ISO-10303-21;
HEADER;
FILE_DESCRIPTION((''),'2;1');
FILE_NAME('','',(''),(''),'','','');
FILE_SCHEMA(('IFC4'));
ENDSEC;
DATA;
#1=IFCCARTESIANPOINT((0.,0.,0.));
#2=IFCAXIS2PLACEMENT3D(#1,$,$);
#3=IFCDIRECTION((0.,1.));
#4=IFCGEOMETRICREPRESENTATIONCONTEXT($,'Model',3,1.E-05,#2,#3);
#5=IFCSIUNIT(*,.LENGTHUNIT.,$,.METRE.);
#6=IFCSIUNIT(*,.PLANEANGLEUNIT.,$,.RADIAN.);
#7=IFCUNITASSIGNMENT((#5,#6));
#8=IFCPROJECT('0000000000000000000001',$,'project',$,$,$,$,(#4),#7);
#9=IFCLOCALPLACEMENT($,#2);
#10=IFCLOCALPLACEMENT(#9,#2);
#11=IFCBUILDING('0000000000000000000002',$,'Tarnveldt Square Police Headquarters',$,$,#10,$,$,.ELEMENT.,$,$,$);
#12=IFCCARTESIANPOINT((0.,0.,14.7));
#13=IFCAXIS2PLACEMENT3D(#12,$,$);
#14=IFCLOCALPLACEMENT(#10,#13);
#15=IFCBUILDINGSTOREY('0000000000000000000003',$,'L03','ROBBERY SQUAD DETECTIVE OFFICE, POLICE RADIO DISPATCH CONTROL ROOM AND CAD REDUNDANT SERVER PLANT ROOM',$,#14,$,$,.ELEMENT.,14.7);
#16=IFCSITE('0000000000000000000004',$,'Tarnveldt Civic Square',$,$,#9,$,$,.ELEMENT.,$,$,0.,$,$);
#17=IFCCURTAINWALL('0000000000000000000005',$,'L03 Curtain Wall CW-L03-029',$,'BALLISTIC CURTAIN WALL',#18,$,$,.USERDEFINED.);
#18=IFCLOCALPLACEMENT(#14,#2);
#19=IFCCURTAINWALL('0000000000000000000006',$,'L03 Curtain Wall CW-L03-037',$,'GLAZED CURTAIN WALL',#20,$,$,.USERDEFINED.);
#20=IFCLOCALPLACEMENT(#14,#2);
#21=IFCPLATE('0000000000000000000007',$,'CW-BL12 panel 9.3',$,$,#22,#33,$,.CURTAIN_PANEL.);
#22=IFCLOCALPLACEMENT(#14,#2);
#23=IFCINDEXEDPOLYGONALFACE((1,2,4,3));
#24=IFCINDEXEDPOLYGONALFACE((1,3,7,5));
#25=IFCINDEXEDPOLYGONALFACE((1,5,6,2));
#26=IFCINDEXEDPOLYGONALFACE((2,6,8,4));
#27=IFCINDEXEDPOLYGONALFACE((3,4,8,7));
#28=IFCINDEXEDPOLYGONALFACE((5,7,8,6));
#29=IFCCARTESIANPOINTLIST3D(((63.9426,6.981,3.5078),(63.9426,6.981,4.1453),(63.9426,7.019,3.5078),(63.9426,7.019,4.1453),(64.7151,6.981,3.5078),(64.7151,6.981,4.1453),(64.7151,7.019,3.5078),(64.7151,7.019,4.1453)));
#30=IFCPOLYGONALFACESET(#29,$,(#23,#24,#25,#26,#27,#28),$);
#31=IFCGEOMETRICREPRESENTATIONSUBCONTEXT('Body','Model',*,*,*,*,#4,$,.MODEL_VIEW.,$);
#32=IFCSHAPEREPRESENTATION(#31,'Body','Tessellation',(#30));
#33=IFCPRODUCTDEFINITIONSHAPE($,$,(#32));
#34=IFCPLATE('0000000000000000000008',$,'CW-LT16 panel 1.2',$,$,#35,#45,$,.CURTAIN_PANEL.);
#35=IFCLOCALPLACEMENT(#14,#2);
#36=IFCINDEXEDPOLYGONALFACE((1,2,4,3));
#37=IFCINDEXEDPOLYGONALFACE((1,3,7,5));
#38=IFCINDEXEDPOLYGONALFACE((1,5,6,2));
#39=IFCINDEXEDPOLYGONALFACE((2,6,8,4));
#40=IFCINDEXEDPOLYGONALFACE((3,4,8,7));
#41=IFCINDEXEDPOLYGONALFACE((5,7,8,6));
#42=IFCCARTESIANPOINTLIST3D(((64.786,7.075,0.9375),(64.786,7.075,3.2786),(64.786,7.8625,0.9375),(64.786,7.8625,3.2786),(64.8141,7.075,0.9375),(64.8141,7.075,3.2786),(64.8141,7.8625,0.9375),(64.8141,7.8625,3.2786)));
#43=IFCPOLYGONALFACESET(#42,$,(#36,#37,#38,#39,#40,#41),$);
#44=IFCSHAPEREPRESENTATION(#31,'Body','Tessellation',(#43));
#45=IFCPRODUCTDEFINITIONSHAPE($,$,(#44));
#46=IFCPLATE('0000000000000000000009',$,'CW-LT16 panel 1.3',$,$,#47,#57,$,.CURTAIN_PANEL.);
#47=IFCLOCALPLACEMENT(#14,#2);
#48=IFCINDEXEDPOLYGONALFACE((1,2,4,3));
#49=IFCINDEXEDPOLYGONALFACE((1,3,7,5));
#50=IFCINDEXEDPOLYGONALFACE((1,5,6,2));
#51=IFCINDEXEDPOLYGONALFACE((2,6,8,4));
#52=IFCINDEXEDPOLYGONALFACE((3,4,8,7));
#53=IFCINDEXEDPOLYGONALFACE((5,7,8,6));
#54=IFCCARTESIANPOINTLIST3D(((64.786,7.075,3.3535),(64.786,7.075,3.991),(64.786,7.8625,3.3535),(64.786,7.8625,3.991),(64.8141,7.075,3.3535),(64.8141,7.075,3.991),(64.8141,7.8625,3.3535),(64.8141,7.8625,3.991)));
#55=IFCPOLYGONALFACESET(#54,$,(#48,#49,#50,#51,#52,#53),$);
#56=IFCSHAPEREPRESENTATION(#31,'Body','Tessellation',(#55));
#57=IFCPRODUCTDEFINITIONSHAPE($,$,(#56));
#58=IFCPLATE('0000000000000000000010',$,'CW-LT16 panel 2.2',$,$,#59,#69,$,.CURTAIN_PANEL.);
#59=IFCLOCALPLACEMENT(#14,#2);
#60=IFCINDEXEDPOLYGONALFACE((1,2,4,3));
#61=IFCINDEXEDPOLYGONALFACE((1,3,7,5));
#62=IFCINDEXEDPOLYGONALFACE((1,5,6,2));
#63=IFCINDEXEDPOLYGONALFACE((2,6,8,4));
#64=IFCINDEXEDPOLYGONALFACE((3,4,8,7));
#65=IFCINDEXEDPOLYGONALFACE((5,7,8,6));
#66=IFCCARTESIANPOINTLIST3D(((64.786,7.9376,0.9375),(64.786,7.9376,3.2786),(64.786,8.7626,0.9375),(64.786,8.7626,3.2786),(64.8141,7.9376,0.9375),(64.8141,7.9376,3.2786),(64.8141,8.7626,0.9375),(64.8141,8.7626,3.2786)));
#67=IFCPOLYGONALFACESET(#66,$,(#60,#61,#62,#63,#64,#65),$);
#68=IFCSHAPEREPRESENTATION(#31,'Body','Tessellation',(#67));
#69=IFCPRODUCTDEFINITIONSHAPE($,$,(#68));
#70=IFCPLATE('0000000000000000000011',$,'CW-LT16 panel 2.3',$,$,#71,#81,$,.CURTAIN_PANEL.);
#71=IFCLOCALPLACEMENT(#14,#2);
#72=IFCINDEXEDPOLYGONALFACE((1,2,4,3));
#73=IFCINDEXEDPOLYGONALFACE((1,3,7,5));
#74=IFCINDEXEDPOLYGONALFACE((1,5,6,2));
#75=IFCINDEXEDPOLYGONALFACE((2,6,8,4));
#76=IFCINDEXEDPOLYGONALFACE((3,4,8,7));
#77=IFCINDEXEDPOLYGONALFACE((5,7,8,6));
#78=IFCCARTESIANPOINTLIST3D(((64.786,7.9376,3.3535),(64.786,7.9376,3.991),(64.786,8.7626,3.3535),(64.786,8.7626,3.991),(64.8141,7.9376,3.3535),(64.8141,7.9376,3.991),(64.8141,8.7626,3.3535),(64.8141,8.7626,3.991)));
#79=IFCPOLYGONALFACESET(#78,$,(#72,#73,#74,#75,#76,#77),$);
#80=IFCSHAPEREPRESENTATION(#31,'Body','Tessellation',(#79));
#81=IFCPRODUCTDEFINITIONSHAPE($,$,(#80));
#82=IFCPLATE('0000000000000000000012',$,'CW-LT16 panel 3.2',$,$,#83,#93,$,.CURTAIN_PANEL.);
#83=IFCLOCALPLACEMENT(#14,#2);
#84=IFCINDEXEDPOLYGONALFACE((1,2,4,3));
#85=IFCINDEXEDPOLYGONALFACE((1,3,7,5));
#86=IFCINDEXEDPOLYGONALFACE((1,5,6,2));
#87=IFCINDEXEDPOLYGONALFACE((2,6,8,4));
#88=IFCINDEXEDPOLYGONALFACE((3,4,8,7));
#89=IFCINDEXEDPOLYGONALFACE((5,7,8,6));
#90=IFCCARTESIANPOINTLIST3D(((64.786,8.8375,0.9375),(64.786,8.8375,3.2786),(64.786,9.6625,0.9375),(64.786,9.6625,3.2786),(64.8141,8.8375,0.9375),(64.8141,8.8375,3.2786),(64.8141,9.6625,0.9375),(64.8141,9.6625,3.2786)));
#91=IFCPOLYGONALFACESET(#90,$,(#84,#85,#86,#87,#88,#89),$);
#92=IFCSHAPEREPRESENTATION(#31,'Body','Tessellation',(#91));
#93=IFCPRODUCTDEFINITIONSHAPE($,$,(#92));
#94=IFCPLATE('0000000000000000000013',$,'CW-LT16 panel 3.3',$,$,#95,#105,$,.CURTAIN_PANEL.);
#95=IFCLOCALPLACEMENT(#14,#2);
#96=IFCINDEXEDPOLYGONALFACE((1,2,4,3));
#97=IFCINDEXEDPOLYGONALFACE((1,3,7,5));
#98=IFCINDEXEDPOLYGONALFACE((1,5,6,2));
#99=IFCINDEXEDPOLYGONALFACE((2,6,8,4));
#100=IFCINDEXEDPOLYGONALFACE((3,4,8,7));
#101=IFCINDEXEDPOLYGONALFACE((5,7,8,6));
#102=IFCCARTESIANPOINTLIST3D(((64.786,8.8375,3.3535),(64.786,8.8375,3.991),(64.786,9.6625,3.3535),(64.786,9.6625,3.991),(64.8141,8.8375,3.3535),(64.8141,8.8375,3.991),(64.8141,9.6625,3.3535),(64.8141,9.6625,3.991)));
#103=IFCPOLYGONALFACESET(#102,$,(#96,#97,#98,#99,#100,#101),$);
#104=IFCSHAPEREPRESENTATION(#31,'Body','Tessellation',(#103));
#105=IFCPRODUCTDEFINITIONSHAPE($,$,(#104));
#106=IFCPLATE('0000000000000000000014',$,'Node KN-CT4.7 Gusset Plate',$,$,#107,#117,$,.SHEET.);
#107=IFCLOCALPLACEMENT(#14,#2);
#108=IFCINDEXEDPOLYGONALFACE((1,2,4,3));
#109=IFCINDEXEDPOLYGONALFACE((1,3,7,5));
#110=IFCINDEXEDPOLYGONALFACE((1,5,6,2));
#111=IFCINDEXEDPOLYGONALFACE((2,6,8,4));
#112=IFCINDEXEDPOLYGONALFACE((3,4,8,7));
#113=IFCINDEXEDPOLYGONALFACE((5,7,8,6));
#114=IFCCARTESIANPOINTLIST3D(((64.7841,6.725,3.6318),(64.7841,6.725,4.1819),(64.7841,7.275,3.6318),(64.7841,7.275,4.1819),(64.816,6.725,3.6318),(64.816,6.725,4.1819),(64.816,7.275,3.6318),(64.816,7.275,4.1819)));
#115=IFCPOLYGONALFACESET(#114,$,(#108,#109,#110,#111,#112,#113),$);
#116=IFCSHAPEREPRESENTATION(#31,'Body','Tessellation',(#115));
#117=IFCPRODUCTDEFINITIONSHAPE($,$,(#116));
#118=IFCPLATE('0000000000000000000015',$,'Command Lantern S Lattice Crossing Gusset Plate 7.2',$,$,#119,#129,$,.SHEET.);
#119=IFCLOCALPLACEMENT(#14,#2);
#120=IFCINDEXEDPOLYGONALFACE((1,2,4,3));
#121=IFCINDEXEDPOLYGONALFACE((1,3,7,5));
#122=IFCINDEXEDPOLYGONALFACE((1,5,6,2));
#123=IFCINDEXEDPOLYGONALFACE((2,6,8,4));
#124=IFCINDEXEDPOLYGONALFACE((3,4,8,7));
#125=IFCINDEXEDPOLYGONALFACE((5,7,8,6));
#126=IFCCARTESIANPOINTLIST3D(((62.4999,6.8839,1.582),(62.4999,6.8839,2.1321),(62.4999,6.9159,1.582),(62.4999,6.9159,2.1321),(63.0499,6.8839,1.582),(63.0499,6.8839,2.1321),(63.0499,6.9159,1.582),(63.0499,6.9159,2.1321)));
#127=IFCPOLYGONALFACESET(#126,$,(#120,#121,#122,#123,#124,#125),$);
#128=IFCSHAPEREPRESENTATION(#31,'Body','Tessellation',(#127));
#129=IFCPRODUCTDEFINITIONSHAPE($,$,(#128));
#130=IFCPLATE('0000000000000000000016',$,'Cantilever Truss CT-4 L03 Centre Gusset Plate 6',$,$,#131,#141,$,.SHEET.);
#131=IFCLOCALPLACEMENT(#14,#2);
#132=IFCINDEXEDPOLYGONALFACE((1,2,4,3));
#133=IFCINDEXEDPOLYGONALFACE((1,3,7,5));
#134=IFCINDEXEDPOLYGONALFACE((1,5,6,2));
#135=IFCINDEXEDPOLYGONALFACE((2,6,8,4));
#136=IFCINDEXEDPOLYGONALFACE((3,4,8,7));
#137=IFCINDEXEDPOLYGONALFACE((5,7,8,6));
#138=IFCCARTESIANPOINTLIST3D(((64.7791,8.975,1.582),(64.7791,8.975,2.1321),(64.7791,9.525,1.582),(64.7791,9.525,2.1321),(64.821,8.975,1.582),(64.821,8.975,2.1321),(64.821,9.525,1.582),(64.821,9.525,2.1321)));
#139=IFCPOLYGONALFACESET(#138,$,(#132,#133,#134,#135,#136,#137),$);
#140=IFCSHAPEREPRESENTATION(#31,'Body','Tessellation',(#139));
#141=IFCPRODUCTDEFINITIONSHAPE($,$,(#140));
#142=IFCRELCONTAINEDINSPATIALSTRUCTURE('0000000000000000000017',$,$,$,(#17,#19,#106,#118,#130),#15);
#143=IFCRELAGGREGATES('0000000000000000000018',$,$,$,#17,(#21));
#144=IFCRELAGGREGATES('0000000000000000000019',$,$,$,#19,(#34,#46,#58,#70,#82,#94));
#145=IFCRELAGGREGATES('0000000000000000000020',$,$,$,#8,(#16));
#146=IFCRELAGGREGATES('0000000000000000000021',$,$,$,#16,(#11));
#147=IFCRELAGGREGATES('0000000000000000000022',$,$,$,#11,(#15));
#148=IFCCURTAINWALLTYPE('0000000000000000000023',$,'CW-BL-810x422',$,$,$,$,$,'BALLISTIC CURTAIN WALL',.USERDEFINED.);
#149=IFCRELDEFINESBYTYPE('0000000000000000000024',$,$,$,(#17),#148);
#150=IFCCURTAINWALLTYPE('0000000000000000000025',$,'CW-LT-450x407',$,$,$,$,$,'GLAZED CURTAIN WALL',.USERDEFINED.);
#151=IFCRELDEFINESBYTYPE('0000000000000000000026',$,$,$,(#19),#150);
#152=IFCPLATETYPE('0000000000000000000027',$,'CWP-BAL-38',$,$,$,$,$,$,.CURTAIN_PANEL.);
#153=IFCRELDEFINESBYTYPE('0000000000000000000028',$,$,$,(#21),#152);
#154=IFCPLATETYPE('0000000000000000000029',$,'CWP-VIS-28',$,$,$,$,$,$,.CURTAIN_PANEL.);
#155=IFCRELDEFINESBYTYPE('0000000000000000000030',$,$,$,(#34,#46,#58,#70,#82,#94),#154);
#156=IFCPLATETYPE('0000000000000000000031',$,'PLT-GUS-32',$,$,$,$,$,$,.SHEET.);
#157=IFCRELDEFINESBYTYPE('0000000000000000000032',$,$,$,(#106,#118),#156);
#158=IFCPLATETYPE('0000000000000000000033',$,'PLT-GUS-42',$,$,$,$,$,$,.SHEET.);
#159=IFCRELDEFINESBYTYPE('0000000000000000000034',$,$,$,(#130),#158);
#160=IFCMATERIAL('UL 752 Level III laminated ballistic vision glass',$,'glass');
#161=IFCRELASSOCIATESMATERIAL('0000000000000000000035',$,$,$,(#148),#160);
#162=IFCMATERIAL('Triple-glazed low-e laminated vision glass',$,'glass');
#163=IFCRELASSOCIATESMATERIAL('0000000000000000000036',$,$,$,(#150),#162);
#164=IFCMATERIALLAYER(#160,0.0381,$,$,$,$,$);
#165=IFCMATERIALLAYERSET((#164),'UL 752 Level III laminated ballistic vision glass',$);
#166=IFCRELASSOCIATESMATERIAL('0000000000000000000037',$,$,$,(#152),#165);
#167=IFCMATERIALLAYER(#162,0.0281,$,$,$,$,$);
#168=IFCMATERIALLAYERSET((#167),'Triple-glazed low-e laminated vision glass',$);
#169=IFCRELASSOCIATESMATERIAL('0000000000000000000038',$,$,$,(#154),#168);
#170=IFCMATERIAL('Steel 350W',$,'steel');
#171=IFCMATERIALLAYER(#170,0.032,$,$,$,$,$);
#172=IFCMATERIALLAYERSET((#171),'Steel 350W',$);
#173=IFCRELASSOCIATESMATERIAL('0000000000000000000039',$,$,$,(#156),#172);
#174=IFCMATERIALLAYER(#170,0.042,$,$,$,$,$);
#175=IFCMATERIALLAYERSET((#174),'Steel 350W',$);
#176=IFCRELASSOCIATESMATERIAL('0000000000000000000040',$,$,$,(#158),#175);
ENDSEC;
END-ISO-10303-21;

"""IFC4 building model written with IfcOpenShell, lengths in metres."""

from ifc_helpers import new_model, si_unit, direction, frame, origin, origin_2d, place, context, subcontext, project, spatial, rectangle, extrude, material, layer, layer_set, type_object, element, aggregate, save


model = new_model("IFC4")

# Units and contexts
model_context = context("Model", 3, precision=1e-05, world=origin(), true_north=direction((0.0, 1.0)))
body_context = subcontext(model_context, "Body", "Model", "MODEL_VIEW")
ifc_project = project(units=[si_unit("LENGTHUNIT", "METRE"), si_unit("PLANEANGLEUNIT", "RADIAN")], contexts=[model_context])

# Site, building, storey
site_placement = place(None, origin())
site = spatial("IfcSite", under=ifc_project, at=site_placement, Name="Tarnveldt Civic Square", CompositionType="ELEMENT", RefElevation=0.0)
building_placement = place(site_placement, origin())
building = spatial("IfcBuilding", under=site, at=building_placement, Name="Tarnveldt Square Police Headquarters", CompositionType="ELEMENT")
storey_placement = place(building_placement, frame((0.0, 0.0, 14.7)))
storey = spatial("IfcBuildingStorey", under=building, at=storey_placement, Name="L03", Description="ROBBERY SQUAD DETECTIVE OFFICE, POLICE RADIO DISPATCH CONTROL ROOM AND CAD REDUNDANT SERVER PLANT ROOM", CompositionType="ELEMENT", Elevation=14.7)

# Curtain walls
ifc_material_1 = material(Name="UL 752 Level III laminated ballistic vision glass", Category="glass")
curtain_wall_type_1 = type_object("IfcCurtainWallType", Name="CW-BL-810x422", ElementType="BALLISTIC CURTAIN WALL", PredefinedType="USERDEFINED", material=ifc_material_1)
curtain_wall_1_placement = place(storey_placement, origin())
curtain_wall_1 = element("IfcCurtainWall", 1, at=curtain_wall_1_placement, inside=storey, type_object=curtain_wall_type_1, Name="L03 Curtain Wall CW-L03-029", ObjectType="BALLISTIC CURTAIN WALL", PredefinedType="USERDEFINED")
ifc_material_2 = material(Name="Triple-glazed low-e laminated vision glass", Category="glass")
curtain_wall_type_2 = type_object("IfcCurtainWallType", Name="CW-LT-450x407", ElementType="GLAZED CURTAIN WALL", PredefinedType="USERDEFINED", material=ifc_material_2)
curtain_wall_2_placement = place(storey_placement, origin())
curtain_wall_2 = element("IfcCurtainWall", 2, at=curtain_wall_2_placement, inside=storey, type_object=curtain_wall_type_2, Name="L03 Curtain Wall CW-L03-037", ObjectType="GLAZED CURTAIN WALL", PredefinedType="USERDEFINED")

# Shared definitions
ifc_material_3 = material(Name="Steel 350W", Category="steel")

# Plates
ifc_layer_1 = layer(ifc_material_1, 0.0381)
ifc_layer_set_1 = layer_set([ifc_layer_1], Name="UL 752 Level III laminated ballistic vision glass")
plate_type_1 = type_object("IfcPlateType", Name="CWP-BAL-38", PredefinedType="CURTAIN_PANEL", material=ifc_layer_set_1)
plate_1_placement = place(storey_placement, frame((64.3289, 7.0, 3.5078), z_axis=(0.0, 0.0, 1.0), x_axis=(1.0, 0.0, 0.0)))
plate_1 = element("IfcPlate", 3, at=plate_1_placement, type_object=plate_type_1, Name="CW-BL12 panel 9.3", PredefinedType="CURTAIN_PANEL", context=body_context, shape_type="SweptSolid", body=[
    extrude(rectangle(XDim=0.7725, YDim=0.0381, at=origin_2d()), origin(), (0.0, 0.0, 1.0), 0.6375),
])
aggregate(curtain_wall_1, [plate_1])
ifc_layer_2 = layer(ifc_material_2, 0.0281)
ifc_layer_set_2 = layer_set([ifc_layer_2], Name="Triple-glazed low-e laminated vision glass")
plate_type_2 = type_object("IfcPlateType", Name="CWP-VIS-28", PredefinedType="CURTAIN_PANEL", material=ifc_layer_set_2)
plate_2_placement = place(storey_placement, frame((64.8, 7.4688, 0.9375), z_axis=(0.0, 0.0, 1.0), x_axis=(0.0, 1.0, 0.0)))
plate_2 = element("IfcPlate", 4, at=plate_2_placement, type_object=plate_type_2, Name="CW-LT16 panel 1.2", PredefinedType="CURTAIN_PANEL", context=body_context, shape_type="SweptSolid", body=[
    extrude(rectangle(XDim=0.7876, YDim=0.0281, at=origin_2d()), origin(), (0.0, 0.0, 1.0), 2.3411),
])
plate_3_placement = place(storey_placement, frame((64.8, 7.4688, 3.3535), z_axis=(0.0, 0.0, 1.0), x_axis=(0.0, 1.0, 0.0)))
plate_3 = element("IfcPlate", 5, at=plate_3_placement, type_object=plate_type_2, Name="CW-LT16 panel 1.3", PredefinedType="CURTAIN_PANEL", context=body_context, shape_type="SweptSolid", body=[
    extrude(rectangle(XDim=0.7876, YDim=0.0281, at=origin_2d()), origin(), (0.0, 0.0, 1.0), 0.6375),
])
plate_4_placement = place(storey_placement, frame((64.8, 8.3501, 0.9375), z_axis=(0.0, 0.0, 1.0), x_axis=(0.0, 1.0, 0.0)))
plate_4 = element("IfcPlate", 6, at=plate_4_placement, type_object=plate_type_2, Name="CW-LT16 panel 2.2", PredefinedType="CURTAIN_PANEL", context=body_context, shape_type="SweptSolid", body=[
    extrude(rectangle(XDim=0.825, YDim=0.0281, at=origin_2d()), origin(), (0.0, 0.0, 1.0), 2.3411),
])
plate_5_placement = place(storey_placement, frame((64.8, 8.3501, 3.3535), z_axis=(0.0, 0.0, 1.0), x_axis=(0.0, 1.0, 0.0)))
plate_5 = element("IfcPlate", 7, at=plate_5_placement, type_object=plate_type_2, Name="CW-LT16 panel 2.3", PredefinedType="CURTAIN_PANEL", context=body_context, shape_type="SweptSolid", body=[
    extrude(rectangle(XDim=0.825, YDim=0.0281, at=origin_2d()), origin(), (0.0, 0.0, 1.0), 0.6375),
])
plate_6_placement = place(storey_placement, frame((64.8, 9.25, 0.9375), z_axis=(0.0, 0.0, 1.0), x_axis=(0.0, 1.0, 0.0)))
plate_6 = element("IfcPlate", 8, at=plate_6_placement, type_object=plate_type_2, Name="CW-LT16 panel 3.2", PredefinedType="CURTAIN_PANEL", context=body_context, shape_type="SweptSolid", body=[
    extrude(rectangle(XDim=0.825, YDim=0.0281, at=origin_2d()), origin(), (0.0, 0.0, 1.0), 2.3411),
])
plate_7_placement = place(storey_placement, frame((64.8, 9.25, 3.3535), z_axis=(0.0, 0.0, 1.0), x_axis=(0.0, 1.0, 0.0)))
plate_7 = element("IfcPlate", 9, at=plate_7_placement, type_object=plate_type_2, Name="CW-LT16 panel 3.3", PredefinedType="CURTAIN_PANEL", context=body_context, shape_type="SweptSolid", body=[
    extrude(rectangle(XDim=0.825, YDim=0.0281, at=origin_2d()), origin(), (0.0, 0.0, 1.0), 0.6375),
])
aggregate(curtain_wall_2, [plate_2, plate_3, plate_4, plate_5, plate_6, plate_7])

# Plates
ifc_layer_3 = layer(ifc_material_3, 0.032)
ifc_layer_set_3 = layer_set([ifc_layer_3], Name="Steel 350W")
plate_type_3 = type_object("IfcPlateType", Name="PLT-GUS-32", PredefinedType="SHEET", material=ifc_layer_set_3)
plate_8_placement = place(storey_placement, frame((64.8, 7.0, 3.6318), z_axis=(0.0, 0.0, 1.0), x_axis=(1.0, 0.0, 0.0)))
element("IfcPlate", 10, at=plate_8_placement, inside=storey, type_object=plate_type_3, Name="Node KN-CT4.7 Gusset Plate", PredefinedType="SHEET", context=body_context, shape_type="SweptSolid", body=[
    extrude(rectangle(XDim=0.032, YDim=0.55, at=origin_2d()), origin(), (0.0, 0.0, 1.0), 0.55),
])
plate_9_placement = place(storey_placement, frame((62.7749, 6.8999, 1.582), z_axis=(0.0, 0.0, 1.0), x_axis=(1.0, 0.0, 0.0)))
element("IfcPlate", 11, at=plate_9_placement, inside=storey, type_object=plate_type_3, Name="Command Lantern S Lattice Crossing Gusset Plate 7.2", PredefinedType="SHEET", context=body_context, shape_type="SweptSolid", body=[
    extrude(rectangle(XDim=0.55, YDim=0.032, at=origin_2d()), origin(), (0.0, 0.0, 1.0), 0.55),
])
ifc_layer_4 = layer(ifc_material_3, 0.042)
ifc_layer_set_4 = layer_set([ifc_layer_4], Name="Steel 350W")
plate_type_4 = type_object("IfcPlateType", Name="PLT-GUS-42", PredefinedType="SHEET", material=ifc_layer_set_4)
plate_10_placement = place(storey_placement, frame((64.8, 9.25, 1.582), z_axis=(0.0, 0.0, 1.0), x_axis=(1.0, 0.0, 0.0)))
element("IfcPlate", 12, at=plate_10_placement, inside=storey, type_object=plate_type_4, Name="Cantilever Truss CT-4 L03 Centre Gusset Plate 6", PredefinedType="SHEET", context=body_context, shape_type="SweptSolid", body=[
    extrude(rectangle(XDim=0.042, YDim=0.55, at=origin_2d()), origin(), (0.0, 0.0, 1.0), 0.55),
])

save(model, "model.ifc")
